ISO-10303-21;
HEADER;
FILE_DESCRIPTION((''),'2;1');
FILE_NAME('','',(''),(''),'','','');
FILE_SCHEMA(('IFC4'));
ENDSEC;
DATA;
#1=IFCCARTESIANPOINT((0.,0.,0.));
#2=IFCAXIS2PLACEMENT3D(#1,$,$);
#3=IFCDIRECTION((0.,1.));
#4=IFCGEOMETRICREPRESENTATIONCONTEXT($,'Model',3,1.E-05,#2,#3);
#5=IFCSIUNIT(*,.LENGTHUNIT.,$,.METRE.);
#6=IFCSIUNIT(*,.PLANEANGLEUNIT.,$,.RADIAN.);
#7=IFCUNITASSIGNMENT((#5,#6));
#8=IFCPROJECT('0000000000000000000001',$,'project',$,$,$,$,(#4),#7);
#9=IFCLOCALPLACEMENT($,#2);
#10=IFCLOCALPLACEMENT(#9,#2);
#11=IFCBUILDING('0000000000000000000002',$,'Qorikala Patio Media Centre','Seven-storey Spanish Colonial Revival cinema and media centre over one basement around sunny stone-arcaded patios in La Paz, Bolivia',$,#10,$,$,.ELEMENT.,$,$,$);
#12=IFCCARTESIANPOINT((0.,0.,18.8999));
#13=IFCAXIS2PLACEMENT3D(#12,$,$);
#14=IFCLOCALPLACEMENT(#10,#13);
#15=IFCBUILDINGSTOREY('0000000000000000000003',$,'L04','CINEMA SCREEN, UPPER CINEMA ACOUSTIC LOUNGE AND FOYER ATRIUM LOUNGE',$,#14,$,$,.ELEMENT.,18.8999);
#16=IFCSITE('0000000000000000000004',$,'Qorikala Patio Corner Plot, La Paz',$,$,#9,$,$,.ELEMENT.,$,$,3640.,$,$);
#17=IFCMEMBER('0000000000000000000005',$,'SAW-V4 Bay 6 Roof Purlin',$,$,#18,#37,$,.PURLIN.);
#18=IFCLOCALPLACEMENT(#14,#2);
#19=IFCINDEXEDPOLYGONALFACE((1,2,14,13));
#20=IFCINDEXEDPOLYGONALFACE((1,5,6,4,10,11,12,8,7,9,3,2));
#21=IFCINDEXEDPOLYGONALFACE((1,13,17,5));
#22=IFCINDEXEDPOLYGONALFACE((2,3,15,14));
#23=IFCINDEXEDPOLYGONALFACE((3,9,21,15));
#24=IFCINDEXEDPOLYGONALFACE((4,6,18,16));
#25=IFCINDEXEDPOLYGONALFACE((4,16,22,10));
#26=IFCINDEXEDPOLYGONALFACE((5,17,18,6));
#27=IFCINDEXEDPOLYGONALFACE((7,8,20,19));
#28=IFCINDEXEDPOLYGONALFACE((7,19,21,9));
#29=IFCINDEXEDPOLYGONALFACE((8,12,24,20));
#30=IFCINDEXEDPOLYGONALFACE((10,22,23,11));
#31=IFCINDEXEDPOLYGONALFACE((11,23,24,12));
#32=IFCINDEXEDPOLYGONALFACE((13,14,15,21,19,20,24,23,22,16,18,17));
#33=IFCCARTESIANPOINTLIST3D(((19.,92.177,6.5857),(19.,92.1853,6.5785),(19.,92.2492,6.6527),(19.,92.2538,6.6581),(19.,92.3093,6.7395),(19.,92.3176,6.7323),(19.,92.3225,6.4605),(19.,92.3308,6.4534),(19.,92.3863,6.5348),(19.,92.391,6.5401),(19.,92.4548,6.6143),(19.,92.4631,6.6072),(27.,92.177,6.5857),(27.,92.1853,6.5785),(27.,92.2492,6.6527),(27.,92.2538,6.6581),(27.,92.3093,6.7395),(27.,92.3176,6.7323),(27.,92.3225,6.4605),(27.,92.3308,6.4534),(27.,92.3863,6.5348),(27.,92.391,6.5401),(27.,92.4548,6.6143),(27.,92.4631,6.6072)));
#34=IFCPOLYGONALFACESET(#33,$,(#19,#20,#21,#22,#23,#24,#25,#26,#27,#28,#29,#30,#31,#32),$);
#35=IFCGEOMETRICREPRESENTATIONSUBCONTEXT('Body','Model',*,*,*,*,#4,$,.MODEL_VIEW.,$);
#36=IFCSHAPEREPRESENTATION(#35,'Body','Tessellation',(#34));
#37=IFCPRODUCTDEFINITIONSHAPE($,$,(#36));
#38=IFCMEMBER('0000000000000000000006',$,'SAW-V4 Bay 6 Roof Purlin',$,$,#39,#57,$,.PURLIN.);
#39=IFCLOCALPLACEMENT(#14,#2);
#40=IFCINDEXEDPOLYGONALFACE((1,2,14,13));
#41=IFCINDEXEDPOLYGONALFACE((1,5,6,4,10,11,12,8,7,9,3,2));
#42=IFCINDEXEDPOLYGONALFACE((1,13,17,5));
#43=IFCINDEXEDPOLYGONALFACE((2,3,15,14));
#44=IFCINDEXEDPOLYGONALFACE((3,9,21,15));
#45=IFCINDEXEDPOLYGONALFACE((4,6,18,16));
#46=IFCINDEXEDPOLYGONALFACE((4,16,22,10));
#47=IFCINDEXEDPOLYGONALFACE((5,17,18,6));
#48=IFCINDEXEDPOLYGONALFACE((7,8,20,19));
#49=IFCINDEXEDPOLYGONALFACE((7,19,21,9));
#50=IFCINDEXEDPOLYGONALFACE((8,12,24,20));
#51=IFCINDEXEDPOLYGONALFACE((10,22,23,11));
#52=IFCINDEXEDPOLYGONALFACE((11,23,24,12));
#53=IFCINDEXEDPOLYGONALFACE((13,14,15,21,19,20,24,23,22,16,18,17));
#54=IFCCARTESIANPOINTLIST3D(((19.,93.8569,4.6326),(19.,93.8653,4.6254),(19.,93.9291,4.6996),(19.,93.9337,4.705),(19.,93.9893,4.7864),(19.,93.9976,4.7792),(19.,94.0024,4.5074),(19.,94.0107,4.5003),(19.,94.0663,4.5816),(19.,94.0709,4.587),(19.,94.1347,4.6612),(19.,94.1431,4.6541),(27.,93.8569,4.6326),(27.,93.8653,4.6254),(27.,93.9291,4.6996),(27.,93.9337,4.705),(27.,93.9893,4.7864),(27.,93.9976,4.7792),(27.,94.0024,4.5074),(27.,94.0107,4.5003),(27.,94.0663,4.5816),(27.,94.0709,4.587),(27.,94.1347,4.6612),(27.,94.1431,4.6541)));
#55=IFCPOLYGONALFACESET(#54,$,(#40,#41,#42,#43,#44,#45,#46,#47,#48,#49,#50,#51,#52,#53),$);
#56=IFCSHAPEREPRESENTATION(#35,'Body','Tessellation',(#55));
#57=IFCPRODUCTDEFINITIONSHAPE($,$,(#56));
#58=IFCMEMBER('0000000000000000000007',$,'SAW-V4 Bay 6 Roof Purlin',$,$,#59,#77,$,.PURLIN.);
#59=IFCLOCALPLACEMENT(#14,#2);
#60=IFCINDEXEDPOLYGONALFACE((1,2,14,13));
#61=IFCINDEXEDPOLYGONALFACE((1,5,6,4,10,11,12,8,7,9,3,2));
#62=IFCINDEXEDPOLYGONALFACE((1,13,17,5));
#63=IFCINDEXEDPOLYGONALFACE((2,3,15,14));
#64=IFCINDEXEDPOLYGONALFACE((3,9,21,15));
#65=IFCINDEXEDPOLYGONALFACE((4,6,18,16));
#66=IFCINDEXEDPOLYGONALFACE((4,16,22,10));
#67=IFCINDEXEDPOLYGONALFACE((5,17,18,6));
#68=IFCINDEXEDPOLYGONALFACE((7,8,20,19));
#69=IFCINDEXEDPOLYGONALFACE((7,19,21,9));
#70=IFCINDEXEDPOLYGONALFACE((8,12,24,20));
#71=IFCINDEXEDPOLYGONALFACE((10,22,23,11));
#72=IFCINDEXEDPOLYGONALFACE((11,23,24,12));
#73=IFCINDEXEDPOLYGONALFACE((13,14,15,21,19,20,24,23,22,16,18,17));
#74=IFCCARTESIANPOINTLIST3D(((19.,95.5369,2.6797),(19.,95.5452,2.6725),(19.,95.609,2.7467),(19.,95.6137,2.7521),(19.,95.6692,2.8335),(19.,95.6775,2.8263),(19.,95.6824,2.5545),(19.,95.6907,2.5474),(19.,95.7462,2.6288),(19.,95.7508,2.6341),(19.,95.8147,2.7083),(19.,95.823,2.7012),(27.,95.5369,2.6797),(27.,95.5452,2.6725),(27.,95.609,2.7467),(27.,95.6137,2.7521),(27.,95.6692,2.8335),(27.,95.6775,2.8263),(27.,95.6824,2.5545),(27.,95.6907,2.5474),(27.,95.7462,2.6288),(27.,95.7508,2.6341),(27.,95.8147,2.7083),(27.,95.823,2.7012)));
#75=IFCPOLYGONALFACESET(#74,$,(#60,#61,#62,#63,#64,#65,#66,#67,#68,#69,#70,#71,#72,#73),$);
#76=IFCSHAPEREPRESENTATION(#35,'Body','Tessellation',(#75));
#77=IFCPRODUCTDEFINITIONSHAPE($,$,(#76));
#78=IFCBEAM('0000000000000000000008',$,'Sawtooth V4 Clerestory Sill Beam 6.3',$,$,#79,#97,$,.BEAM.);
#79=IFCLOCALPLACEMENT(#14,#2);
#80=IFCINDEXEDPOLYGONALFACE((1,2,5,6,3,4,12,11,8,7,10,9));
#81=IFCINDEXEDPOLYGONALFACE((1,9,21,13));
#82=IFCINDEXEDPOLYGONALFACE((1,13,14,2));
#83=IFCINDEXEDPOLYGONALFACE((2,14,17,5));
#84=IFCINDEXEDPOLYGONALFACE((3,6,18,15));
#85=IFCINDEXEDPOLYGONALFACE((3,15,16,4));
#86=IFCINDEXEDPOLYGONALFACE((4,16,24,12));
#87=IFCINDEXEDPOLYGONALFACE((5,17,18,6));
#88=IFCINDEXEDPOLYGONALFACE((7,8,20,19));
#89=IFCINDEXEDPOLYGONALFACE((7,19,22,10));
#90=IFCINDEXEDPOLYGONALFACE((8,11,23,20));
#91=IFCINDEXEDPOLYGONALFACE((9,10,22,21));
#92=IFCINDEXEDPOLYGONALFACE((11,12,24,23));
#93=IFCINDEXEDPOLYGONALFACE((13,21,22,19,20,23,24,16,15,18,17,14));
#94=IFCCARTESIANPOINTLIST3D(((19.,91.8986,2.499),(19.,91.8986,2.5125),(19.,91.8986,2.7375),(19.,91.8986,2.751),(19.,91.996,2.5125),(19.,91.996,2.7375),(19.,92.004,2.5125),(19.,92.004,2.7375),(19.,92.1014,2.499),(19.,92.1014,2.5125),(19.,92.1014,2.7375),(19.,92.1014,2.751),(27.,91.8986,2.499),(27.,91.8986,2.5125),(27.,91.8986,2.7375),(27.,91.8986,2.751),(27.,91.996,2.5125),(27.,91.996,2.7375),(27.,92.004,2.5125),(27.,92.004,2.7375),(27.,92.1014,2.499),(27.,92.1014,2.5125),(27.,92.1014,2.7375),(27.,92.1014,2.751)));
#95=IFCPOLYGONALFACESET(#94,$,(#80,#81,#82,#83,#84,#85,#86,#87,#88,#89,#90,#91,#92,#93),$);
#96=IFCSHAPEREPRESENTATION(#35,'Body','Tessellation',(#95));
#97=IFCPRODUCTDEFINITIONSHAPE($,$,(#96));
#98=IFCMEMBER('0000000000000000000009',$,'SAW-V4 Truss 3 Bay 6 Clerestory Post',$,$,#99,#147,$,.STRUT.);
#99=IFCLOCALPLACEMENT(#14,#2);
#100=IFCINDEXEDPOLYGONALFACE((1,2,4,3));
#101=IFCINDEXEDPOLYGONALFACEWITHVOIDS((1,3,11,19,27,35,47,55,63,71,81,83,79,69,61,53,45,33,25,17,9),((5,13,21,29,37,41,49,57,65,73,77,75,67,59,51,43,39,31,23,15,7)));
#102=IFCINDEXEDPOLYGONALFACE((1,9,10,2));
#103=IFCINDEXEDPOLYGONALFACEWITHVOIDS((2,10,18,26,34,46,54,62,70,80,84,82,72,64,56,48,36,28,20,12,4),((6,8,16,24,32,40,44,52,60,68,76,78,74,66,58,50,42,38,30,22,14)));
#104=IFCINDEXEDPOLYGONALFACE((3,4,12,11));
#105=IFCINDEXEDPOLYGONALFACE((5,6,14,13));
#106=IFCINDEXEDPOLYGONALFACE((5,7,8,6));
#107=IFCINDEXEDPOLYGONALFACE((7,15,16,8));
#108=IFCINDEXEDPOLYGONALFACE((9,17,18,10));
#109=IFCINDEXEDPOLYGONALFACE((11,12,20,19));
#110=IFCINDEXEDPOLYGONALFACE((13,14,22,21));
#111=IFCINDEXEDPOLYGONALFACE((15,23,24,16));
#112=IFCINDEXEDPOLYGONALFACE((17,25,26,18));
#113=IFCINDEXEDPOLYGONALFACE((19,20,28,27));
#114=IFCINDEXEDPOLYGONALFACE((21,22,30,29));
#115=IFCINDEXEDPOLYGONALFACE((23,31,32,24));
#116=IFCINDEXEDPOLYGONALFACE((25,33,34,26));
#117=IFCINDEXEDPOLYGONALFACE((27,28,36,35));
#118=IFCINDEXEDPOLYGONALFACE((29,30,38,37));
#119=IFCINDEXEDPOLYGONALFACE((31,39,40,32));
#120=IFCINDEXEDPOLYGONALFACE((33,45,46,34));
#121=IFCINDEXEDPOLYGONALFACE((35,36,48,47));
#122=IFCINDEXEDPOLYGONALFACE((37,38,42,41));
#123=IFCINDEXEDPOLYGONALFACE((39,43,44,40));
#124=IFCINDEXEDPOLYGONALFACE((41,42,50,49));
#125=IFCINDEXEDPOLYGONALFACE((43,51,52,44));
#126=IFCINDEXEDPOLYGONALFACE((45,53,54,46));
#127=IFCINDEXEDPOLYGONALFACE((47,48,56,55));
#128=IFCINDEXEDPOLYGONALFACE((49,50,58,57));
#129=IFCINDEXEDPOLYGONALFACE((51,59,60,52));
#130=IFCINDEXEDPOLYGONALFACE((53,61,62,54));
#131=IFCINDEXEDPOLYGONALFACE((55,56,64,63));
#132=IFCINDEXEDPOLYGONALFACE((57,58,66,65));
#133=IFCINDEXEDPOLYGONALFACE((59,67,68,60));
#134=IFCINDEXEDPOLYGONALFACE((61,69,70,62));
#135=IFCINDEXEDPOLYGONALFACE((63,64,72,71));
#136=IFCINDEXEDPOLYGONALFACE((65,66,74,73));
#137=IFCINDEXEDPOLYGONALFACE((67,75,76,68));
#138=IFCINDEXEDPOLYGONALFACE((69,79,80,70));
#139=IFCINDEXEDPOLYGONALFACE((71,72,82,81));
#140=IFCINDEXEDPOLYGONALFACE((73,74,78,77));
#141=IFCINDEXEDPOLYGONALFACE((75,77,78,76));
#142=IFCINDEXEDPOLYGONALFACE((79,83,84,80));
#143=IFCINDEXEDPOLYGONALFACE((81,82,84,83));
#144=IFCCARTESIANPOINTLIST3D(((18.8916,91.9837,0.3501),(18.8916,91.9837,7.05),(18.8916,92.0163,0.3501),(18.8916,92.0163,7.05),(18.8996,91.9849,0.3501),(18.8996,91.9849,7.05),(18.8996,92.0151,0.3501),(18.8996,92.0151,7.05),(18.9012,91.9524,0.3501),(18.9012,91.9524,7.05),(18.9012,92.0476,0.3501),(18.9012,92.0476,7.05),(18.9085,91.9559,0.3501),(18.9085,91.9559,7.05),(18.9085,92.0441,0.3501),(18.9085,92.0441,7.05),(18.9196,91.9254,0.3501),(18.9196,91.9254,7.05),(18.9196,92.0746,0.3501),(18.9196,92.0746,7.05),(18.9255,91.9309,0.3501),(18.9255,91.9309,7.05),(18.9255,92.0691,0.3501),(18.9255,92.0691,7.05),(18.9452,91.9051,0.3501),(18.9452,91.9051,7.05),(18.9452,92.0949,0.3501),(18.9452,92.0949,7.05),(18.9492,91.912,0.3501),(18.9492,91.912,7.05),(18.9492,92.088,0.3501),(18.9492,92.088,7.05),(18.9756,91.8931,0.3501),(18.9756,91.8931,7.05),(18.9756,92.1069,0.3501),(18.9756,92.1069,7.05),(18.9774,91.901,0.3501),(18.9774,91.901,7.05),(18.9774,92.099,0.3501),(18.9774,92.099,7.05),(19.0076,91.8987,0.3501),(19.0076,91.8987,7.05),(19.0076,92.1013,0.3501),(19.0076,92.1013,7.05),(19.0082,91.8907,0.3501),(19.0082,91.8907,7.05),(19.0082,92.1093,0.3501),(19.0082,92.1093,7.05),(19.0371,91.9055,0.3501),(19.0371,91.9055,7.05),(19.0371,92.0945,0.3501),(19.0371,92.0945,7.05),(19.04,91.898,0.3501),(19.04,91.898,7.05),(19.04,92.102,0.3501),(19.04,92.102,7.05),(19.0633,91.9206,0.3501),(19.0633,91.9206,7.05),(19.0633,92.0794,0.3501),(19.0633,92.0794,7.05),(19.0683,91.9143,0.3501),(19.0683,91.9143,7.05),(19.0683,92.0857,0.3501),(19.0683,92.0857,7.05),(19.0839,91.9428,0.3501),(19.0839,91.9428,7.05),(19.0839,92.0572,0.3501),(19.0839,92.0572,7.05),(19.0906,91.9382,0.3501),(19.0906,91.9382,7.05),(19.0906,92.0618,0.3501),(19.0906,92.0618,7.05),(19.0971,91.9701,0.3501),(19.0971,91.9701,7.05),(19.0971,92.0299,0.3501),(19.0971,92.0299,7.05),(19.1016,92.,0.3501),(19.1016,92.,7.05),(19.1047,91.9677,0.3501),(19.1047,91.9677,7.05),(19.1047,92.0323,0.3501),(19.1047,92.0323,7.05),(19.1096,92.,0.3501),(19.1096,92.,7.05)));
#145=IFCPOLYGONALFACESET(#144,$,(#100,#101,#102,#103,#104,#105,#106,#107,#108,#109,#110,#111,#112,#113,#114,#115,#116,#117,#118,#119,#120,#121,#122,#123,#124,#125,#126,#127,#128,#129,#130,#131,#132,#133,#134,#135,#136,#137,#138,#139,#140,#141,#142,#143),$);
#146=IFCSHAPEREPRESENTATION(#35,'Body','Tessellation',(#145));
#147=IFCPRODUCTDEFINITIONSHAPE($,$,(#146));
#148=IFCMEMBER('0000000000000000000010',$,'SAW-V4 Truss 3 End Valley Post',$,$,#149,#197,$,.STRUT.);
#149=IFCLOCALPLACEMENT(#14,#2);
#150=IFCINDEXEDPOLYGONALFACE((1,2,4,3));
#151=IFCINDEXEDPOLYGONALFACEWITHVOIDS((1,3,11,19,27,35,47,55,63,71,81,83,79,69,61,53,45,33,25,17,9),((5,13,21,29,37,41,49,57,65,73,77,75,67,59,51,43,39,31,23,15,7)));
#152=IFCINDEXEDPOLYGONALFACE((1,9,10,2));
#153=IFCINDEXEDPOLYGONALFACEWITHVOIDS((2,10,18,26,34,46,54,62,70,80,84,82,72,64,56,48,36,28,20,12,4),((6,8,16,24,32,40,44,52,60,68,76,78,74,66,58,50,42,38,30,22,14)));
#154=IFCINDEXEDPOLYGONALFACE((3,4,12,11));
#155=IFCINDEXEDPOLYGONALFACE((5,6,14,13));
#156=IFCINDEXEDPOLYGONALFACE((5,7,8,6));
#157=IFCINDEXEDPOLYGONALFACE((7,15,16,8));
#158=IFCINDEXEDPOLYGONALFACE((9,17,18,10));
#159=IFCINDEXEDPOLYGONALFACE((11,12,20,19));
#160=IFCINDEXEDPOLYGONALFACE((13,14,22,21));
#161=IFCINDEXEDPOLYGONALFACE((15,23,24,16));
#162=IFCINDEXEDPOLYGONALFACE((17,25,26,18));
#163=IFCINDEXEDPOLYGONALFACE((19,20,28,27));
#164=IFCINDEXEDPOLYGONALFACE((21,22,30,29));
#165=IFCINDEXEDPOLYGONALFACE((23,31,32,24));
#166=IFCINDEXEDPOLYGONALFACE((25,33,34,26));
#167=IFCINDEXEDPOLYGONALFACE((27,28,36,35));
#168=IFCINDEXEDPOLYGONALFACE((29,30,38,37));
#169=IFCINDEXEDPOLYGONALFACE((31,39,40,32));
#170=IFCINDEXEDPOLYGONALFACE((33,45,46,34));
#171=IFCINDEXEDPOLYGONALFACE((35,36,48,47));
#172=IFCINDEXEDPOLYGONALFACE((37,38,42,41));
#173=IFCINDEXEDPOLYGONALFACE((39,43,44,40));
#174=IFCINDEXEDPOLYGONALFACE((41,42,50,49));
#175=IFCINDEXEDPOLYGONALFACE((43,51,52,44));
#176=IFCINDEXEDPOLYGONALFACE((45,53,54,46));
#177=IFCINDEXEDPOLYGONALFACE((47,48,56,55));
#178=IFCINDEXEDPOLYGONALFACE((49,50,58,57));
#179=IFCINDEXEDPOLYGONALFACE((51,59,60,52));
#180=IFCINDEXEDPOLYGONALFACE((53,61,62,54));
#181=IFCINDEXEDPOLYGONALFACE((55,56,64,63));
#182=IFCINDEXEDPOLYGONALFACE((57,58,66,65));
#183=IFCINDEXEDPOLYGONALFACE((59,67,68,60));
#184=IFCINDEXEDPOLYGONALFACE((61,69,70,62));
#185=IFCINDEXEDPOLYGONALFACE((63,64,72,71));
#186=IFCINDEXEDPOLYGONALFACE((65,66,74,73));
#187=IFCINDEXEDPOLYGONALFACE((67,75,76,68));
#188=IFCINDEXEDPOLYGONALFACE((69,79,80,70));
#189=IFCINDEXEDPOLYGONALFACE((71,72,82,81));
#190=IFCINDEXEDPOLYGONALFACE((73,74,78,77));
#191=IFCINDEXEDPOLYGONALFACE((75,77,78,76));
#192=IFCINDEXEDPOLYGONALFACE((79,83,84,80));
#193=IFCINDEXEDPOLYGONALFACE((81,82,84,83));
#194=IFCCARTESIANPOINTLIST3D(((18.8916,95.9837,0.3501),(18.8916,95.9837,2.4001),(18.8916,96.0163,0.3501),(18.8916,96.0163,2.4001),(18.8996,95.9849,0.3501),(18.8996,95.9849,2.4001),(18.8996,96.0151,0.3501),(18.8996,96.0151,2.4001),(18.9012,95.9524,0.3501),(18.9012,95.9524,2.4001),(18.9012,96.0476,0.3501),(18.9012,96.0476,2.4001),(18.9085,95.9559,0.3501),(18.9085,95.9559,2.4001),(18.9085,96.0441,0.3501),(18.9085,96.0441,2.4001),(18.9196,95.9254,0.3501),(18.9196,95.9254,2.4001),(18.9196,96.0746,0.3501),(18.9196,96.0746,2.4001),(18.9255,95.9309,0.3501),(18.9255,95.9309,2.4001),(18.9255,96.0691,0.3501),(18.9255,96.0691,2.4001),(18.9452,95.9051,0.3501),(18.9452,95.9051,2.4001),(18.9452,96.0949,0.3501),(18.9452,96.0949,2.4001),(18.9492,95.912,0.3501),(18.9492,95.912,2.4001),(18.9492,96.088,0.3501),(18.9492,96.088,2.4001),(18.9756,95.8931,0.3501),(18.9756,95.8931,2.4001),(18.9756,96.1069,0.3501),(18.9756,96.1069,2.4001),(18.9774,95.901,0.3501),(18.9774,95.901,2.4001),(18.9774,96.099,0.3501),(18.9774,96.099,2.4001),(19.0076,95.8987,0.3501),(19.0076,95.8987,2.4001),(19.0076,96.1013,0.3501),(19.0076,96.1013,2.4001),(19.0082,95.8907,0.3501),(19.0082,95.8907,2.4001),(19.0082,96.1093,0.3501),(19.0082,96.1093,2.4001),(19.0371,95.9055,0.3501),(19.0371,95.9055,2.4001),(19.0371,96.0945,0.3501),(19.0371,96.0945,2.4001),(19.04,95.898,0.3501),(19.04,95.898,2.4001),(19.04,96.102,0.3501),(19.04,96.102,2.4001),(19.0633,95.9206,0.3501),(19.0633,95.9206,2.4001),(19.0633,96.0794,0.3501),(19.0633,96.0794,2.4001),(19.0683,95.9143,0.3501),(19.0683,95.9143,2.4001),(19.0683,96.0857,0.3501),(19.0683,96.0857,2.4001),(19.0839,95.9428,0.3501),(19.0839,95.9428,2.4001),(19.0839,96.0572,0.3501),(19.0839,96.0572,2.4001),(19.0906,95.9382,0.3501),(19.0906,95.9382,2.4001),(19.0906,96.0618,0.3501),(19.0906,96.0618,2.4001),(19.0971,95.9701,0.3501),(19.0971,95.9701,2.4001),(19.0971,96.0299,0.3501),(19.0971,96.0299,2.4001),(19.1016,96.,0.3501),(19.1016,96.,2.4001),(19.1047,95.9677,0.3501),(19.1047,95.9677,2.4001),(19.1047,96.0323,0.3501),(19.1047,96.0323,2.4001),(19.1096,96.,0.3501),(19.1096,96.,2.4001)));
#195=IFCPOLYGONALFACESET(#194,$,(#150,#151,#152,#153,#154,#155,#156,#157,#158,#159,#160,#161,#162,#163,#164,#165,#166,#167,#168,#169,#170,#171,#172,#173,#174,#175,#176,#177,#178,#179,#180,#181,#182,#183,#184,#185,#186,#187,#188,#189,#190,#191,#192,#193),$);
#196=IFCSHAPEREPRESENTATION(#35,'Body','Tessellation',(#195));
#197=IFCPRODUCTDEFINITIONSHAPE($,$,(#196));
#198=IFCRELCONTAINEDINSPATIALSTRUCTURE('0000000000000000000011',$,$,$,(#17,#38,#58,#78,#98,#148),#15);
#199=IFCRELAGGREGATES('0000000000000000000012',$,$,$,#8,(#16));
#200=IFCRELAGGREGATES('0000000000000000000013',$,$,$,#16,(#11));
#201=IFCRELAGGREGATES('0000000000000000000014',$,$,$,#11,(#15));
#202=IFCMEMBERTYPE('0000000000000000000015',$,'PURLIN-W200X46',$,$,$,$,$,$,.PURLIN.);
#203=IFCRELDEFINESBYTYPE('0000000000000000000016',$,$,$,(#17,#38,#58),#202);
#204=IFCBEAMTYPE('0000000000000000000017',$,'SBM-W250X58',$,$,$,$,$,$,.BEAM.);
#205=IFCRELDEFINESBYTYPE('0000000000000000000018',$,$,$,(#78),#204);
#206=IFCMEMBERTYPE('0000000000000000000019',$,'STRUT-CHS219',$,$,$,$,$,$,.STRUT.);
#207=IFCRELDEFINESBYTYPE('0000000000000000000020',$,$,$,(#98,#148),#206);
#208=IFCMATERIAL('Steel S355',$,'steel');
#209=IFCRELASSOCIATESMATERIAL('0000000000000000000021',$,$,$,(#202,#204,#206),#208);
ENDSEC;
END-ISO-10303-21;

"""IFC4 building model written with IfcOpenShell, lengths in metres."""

from ifc_helpers import new_model, si_unit, direction, frame, origin, origin_2d, place, context, subcontext, project, spatial, hollow_circle, i_section, extrude, material, material_profile, profile_set, type_object, element, save


model = new_model("IFC4")

# Units and contexts
model_context = context("Model", 3, precision=1e-05, world=origin(), true_north=direction((0.0, 1.0)))
body_context = subcontext(model_context, "Body", "Model", "MODEL_VIEW")
ifc_project = project(units=[si_unit("LENGTHUNIT", "METRE"), si_unit("PLANEANGLEUNIT", "RADIAN")], contexts=[model_context])

# Site, building, storey
site_placement = place(None, origin())
site = spatial("IfcSite", under=ifc_project, at=site_placement, Name="Qorikala Patio Corner Plot, La Paz", CompositionType="ELEMENT", RefElevation=3640.0)
building_placement = place(site_placement, origin())
building = spatial("IfcBuilding", under=site, at=building_placement, Name="Qorikala Patio Media Centre", Description="Seven-storey Spanish Colonial Revival cinema and media centre over one basement around sunny stone-arcaded patios in La Paz, Bolivia", CompositionType="ELEMENT")
storey_placement = place(building_placement, frame((0.0, 0.0, 18.8999)))
storey = spatial("IfcBuildingStorey", under=building, at=storey_placement, Name="L04", Description="CINEMA SCREEN, UPPER CINEMA ACOUSTIC LOUNGE AND FOYER ATRIUM LOUNGE", CompositionType="ELEMENT", Elevation=18.8999)

# Shared definitions
ifc_material_1 = material(Name="Steel S355", Category="steel")

# Members
ifc_material_profile_1 = material_profile(ifc_material_1, i_section(OverallWidth=0.2029, OverallDepth=0.2029, WebThickness=0.0071, FlangeThickness=0.011, at=origin_2d()), Name="W200X46")
ifc_profile_set_1 = profile_set([ifc_material_profile_1], Name="Steel S355")
member_type_1 = type_object("IfcMemberType", Name="PURLIN-W200X46", PredefinedType="PURLIN", material=ifc_profile_set_1)
for number, where, z_axis, x_axis, name in (
    (1, (19.0, 92.3201, 6.5964), (1.0, 0.0, 0.0), (0.0, 0.652138, 0.7581), "SAW-V4 Bay 6 Roof Purlin"),
    (2, (19.0, 94.0, 4.6433), (1.0, 0.0, 0.0), (0.0, 0.652138, 0.7581), "SAW-V4 Bay 6 Roof Purlin"),
    (3, (19.0, 95.6799, 2.6904), (1.0, 0.0, 0.0), (0.0, 0.652138, 0.7581), "SAW-V4 Bay 6 Roof Purlin"),
):
    element("IfcMember", number, at=place(storey_placement, frame(where, z_axis=z_axis, x_axis=x_axis)), inside=storey, type_object=member_type_1, Name=name, PredefinedType="PURLIN", context=body_context, shape_type="SweptSolid", body=[
        extrude(i_section(OverallWidth=0.2029, OverallDepth=0.2029, WebThickness=0.0071, FlangeThickness=0.011, at=origin_2d()), origin(), (0.0, 0.0, 1.0), 8.0),
    ])

# Beam
ifc_material_profile_2 = material_profile(ifc_material_1, i_section(OverallWidth=0.2029, OverallDepth=0.252, WebThickness=0.0081, FlangeThickness=0.0134, at=origin_2d()), Name="W250X58")
ifc_profile_set_2 = profile_set([ifc_material_profile_2], Name="Steel S355")
beam_type = type_object("IfcBeamType", Name="SBM-W250X58", PredefinedType="BEAM", material=ifc_profile_set_2)
beam_placement = place(storey_placement, frame((19.0, 92.0, 2.625), z_axis=(1.0, 0.0, 0.0), x_axis=(0.0, 1.0, 0.0)))
element("IfcBeam", 4, at=beam_placement, inside=storey, type_object=beam_type, Name="Sawtooth V4 Clerestory Sill Beam 6.3", PredefinedType="BEAM", context=body_context, shape_type="SweptSolid", body=[
    extrude(i_section(OverallWidth=0.2029, OverallDepth=0.252, WebThickness=0.0081, FlangeThickness=0.0134, at=origin_2d()), origin(), (0.0, 0.0, 1.0), 8.0),
])

# Members
ifc_material_profile_3 = material_profile(ifc_material_1, hollow_circle(Radius=0.1096, WallThickness=0.0081, at=origin_2d()), Name="CHS219X8")
ifc_profile_set_3 = profile_set([ifc_material_profile_3], Name="Steel S355")
member_type_2 = type_object("IfcMemberType", Name="STRUT-CHS219", PredefinedType="STRUT", material=ifc_profile_set_3)
member_1_placement = place(storey_placement, frame((19.0, 92.0, 0.3501), z_axis=(0.0, 0.0, 1.0), x_axis=(1.0, 0.0, 0.0)))
element("IfcMember", 5, at=member_1_placement, inside=storey, type_object=member_type_2, Name="SAW-V4 Truss 3 Bay 6 Clerestory Post", PredefinedType="STRUT", context=body_context, shape_type="SweptSolid", body=[
    extrude(hollow_circle(Radius=0.1096, WallThickness=0.0081, at=origin_2d()), origin(), (0.0, 0.0, 1.0), 6.7),
])
member_2_placement = place(storey_placement, frame((19.0, 96.0, 0.3501), z_axis=(0.0, 0.0, 1.0), x_axis=(1.0, 0.0, 0.0)))
element("IfcMember", 6, at=member_2_placement, inside=storey, type_object=member_type_2, Name="SAW-V4 Truss 3 End Valley Post", PredefinedType="STRUT", context=body_context, shape_type="SweptSolid", body=[
    extrude(hollow_circle(Radius=0.1096, WallThickness=0.0081, at=origin_2d()), origin(), (0.0, 0.0, 1.0), 2.05),
])

save(model, "model.ifc")
